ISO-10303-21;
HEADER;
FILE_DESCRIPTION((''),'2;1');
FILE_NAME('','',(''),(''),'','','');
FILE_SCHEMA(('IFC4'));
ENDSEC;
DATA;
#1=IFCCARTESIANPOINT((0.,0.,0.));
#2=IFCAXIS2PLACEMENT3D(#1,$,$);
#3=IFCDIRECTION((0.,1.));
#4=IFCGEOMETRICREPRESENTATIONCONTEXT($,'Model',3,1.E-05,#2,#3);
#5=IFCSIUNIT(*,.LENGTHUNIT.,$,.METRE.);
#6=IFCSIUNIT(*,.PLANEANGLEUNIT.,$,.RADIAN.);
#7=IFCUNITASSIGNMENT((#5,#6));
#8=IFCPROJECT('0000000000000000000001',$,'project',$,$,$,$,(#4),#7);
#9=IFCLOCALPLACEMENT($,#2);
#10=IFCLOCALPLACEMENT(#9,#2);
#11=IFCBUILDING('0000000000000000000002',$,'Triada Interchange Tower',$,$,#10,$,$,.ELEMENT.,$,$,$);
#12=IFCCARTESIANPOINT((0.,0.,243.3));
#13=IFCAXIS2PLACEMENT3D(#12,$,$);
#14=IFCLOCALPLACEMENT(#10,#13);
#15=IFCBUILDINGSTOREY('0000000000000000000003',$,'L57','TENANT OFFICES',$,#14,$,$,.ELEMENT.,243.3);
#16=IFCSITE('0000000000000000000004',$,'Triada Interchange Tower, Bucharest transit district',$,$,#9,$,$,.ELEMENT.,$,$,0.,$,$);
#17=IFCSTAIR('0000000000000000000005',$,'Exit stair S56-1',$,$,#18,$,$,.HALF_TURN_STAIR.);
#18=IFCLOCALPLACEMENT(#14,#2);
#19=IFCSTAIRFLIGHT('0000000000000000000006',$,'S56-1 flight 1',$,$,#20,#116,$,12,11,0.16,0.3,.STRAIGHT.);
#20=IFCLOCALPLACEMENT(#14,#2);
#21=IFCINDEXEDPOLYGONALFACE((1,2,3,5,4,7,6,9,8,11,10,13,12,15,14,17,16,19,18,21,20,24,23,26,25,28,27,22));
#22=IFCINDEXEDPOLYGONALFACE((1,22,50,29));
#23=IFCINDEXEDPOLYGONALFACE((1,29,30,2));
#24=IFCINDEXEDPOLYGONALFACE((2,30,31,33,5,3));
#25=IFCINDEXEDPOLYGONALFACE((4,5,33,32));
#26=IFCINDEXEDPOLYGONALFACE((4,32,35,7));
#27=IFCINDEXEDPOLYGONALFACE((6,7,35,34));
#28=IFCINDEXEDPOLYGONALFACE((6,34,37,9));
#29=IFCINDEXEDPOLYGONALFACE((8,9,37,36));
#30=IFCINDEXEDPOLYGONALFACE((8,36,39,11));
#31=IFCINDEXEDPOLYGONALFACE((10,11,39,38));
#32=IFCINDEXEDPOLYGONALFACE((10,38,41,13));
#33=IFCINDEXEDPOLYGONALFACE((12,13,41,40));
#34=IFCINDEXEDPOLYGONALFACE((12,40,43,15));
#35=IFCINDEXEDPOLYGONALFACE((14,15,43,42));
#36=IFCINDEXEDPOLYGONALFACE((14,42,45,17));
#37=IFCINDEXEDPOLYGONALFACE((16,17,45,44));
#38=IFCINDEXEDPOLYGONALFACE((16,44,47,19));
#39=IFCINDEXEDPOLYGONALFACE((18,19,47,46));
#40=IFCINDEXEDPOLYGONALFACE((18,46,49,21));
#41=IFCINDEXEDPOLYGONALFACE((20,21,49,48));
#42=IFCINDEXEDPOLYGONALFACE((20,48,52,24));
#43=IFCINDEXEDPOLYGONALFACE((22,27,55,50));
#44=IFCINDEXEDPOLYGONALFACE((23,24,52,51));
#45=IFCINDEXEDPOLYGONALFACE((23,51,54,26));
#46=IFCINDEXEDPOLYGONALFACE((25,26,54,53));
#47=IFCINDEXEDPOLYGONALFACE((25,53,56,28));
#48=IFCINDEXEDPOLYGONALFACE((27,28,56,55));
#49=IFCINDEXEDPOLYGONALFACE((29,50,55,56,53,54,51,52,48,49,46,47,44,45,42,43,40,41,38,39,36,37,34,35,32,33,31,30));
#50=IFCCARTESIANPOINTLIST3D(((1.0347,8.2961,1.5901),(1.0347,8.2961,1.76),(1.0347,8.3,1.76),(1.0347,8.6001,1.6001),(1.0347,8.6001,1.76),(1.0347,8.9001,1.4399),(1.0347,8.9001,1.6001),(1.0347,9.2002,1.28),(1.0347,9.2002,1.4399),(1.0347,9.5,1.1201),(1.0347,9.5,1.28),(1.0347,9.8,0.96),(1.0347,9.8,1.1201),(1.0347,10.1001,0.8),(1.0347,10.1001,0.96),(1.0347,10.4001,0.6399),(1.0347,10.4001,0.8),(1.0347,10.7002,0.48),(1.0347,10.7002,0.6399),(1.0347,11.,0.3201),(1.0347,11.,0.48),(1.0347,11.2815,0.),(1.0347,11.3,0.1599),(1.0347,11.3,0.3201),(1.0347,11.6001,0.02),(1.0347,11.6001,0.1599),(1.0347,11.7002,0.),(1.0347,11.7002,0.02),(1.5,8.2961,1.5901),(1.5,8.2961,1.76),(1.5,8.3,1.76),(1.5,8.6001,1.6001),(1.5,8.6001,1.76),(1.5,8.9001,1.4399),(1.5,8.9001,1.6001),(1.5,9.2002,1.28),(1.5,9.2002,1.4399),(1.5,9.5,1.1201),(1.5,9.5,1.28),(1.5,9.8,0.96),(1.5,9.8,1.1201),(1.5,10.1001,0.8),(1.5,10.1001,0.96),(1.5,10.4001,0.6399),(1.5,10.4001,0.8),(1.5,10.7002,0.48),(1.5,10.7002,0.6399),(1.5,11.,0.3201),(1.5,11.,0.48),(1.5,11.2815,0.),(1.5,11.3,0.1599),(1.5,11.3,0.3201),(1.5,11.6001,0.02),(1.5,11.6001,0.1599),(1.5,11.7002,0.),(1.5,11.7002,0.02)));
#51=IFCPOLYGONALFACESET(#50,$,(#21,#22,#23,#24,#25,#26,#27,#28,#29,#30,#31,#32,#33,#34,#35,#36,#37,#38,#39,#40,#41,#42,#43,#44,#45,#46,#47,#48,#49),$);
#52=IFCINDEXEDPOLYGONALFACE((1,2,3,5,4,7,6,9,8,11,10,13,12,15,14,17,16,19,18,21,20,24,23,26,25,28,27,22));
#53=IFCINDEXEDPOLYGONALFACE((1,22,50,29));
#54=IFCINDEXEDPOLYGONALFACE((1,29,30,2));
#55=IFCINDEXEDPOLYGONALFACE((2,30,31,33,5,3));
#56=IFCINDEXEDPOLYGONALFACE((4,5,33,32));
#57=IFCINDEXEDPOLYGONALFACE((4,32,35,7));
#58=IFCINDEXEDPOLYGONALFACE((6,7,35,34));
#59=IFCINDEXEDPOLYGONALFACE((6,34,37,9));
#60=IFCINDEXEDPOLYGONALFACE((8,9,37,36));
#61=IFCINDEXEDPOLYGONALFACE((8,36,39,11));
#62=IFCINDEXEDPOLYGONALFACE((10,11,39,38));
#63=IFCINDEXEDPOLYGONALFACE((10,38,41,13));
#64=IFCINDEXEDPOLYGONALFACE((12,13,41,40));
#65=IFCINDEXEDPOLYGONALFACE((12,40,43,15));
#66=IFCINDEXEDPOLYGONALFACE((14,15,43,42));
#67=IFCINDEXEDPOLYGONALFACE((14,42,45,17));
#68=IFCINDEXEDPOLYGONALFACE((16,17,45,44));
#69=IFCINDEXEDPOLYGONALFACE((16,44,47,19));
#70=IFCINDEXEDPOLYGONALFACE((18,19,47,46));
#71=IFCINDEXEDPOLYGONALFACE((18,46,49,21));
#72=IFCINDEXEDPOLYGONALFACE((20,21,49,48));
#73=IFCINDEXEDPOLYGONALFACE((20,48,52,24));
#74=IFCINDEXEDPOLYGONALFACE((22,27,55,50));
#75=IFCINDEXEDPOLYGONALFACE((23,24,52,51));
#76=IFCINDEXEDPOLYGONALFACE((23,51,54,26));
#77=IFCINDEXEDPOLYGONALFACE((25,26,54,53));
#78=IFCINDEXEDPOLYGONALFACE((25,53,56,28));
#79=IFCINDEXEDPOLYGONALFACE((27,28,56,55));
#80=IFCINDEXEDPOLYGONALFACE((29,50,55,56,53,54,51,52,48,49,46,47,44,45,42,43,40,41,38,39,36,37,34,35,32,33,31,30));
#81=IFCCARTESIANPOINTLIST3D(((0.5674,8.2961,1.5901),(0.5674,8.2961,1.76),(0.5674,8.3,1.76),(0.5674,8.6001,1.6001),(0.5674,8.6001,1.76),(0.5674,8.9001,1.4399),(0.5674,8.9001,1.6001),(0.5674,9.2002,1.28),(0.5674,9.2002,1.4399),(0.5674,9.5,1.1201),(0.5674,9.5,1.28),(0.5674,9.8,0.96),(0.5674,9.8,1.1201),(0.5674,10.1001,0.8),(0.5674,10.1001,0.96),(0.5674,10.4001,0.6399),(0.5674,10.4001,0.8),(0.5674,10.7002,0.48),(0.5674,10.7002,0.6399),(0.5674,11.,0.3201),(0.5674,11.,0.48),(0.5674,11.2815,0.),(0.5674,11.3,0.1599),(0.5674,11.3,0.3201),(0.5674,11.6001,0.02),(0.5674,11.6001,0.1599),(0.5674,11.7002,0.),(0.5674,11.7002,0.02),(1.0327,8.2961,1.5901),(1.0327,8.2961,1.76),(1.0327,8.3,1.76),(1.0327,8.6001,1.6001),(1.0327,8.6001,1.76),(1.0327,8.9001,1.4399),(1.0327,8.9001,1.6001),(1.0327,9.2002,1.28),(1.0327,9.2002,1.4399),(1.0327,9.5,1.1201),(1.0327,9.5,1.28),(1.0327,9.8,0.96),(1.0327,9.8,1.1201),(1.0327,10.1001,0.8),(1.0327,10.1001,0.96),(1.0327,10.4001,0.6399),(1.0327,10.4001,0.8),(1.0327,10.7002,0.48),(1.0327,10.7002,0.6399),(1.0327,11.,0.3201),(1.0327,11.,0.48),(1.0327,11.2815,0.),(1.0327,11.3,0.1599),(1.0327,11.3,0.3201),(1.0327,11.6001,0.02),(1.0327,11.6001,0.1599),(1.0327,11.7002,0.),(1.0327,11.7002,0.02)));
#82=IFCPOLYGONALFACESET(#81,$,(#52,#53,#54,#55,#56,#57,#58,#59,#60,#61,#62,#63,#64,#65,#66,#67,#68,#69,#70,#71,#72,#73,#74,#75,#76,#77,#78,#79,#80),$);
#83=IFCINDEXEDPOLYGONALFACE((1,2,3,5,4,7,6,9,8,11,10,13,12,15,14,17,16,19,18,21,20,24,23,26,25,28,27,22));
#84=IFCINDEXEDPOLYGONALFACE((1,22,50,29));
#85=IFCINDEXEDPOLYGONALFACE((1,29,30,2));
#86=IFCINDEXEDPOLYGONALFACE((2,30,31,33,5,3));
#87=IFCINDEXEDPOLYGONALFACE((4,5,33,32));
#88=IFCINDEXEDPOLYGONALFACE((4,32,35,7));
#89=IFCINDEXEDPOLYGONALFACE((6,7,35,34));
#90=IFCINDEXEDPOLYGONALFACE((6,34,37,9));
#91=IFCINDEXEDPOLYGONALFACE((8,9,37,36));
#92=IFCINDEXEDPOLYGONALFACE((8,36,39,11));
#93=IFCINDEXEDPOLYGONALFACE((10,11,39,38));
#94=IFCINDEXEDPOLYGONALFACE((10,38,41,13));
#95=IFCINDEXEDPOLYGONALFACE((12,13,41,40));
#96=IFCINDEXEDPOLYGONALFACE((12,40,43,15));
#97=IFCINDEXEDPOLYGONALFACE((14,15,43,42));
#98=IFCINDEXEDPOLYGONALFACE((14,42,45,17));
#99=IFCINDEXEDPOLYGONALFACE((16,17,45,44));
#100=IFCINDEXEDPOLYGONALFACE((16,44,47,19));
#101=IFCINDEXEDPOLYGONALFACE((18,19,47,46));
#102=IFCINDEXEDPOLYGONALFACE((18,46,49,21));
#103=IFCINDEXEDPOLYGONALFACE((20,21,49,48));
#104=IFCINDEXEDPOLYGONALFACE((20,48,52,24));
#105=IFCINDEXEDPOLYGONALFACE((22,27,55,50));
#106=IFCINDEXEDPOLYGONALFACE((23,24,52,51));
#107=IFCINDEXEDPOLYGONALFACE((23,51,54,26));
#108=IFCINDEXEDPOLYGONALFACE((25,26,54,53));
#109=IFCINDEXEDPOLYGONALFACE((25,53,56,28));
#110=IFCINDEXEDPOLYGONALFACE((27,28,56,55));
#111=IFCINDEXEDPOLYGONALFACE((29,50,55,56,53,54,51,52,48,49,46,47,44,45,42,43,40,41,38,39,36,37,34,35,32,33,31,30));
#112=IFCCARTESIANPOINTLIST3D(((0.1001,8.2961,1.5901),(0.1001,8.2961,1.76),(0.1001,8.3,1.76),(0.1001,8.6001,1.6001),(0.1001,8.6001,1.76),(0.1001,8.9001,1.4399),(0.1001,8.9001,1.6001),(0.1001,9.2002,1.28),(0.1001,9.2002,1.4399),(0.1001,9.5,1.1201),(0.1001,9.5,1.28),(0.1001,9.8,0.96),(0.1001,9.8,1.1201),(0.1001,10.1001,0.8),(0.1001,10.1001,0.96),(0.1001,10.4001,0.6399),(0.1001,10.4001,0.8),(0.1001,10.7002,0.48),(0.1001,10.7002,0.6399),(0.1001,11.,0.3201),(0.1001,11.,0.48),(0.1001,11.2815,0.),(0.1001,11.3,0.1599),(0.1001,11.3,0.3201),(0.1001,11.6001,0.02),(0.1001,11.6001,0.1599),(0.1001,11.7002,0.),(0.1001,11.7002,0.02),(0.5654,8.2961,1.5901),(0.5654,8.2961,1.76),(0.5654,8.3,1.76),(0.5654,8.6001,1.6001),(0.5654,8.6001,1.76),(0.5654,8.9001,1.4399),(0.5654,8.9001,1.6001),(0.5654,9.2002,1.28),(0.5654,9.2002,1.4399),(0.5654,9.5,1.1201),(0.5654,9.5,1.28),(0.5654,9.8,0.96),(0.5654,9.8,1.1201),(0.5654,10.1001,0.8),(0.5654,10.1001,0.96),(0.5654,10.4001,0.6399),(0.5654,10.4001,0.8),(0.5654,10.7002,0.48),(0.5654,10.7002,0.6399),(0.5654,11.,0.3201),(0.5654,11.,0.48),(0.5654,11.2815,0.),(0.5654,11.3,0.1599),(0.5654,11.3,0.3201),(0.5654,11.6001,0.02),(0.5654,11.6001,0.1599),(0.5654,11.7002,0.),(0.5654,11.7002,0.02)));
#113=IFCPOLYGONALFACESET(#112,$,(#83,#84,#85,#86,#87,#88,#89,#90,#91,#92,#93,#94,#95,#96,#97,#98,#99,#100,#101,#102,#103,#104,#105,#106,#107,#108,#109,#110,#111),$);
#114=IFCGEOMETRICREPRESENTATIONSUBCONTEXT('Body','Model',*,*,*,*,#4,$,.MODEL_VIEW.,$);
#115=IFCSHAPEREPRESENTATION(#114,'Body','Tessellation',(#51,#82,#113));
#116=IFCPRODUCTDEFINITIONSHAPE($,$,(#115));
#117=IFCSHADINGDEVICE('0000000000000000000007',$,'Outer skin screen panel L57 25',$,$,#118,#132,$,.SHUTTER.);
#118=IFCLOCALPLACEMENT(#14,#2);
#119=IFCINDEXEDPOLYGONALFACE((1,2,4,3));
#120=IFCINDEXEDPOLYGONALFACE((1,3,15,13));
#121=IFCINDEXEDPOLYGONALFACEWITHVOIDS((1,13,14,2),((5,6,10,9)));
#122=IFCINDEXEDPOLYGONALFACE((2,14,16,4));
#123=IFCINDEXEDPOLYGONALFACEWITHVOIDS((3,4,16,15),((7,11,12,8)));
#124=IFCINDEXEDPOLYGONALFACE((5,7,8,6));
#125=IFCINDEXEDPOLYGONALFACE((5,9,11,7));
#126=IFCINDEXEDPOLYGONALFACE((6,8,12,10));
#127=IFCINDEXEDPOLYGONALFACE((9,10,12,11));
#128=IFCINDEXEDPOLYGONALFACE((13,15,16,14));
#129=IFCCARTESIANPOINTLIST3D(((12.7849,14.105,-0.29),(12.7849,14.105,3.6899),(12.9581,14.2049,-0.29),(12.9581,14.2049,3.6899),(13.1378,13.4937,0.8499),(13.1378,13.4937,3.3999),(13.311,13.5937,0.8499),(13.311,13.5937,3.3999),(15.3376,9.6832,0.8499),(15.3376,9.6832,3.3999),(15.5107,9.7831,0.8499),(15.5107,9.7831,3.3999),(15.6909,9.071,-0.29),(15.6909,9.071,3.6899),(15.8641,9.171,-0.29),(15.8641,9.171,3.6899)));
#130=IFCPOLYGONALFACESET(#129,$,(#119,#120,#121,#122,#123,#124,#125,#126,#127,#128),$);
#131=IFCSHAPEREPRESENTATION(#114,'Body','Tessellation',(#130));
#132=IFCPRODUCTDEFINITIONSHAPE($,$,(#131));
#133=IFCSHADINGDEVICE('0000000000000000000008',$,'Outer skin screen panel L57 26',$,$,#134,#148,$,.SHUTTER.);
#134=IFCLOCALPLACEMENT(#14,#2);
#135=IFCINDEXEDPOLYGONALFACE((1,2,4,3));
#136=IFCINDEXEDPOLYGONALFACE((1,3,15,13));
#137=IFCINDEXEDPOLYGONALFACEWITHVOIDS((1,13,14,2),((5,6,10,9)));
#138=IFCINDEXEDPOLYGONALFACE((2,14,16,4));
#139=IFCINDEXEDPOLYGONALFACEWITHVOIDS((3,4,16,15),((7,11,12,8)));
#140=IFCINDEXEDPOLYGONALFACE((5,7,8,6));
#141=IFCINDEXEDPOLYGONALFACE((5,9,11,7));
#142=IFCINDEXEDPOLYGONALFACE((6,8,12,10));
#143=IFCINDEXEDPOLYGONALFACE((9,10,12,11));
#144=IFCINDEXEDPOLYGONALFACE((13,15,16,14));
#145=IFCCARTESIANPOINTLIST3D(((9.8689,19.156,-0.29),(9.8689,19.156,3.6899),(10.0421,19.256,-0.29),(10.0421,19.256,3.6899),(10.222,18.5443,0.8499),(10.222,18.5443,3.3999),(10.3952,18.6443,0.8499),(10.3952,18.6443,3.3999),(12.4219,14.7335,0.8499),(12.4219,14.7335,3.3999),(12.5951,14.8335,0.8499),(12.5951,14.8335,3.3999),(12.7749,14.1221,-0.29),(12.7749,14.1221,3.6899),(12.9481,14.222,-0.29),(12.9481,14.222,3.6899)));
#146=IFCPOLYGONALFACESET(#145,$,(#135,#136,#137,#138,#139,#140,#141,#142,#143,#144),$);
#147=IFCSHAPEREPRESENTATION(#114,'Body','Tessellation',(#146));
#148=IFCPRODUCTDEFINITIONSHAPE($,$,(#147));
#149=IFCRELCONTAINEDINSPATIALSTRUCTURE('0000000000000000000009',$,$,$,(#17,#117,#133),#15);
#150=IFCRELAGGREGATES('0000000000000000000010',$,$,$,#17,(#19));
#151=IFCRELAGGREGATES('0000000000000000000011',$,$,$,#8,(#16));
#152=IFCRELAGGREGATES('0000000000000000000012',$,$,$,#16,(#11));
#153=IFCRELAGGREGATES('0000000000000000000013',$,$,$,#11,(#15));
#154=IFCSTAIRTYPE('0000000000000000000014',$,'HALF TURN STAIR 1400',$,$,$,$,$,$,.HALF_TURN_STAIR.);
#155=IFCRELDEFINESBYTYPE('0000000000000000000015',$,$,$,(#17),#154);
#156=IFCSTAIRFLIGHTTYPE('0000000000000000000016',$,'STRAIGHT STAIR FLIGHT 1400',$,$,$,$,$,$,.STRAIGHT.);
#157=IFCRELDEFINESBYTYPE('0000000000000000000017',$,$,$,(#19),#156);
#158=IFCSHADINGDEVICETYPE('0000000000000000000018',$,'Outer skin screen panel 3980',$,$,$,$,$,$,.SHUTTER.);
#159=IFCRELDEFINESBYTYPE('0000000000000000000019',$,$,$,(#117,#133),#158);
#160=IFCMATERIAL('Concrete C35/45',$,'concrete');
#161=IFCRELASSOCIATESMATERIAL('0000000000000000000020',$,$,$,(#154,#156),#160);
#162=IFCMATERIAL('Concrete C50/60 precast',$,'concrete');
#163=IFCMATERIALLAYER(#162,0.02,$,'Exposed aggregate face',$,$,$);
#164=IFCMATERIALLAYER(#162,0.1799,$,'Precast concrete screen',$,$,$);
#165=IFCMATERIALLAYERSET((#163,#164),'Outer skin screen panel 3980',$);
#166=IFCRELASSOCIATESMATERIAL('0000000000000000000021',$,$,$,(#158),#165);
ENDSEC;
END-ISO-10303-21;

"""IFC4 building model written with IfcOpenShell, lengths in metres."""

from ifc_helpers import new_model, si_unit, direction, frame, origin, place, context, subcontext, project, spatial, polyline, outline, extrude, material, layer, layer_set, type_object, element, aggregate, save


model = new_model("IFC4")

# Units and contexts
model_context = context("Model", 3, precision=1e-05, world=origin(), true_north=direction((0.0, 1.0)))
body_context = subcontext(model_context, "Body", "Model", "MODEL_VIEW")
ifc_project = project(units=[si_unit("LENGTHUNIT", "METRE"), si_unit("PLANEANGLEUNIT", "RADIAN")], contexts=[model_context])

# Site, building, storey
site_placement = place(None, origin())
site = spatial("IfcSite", under=ifc_project, at=site_placement, Name="Triada Interchange Tower, Bucharest transit district", CompositionType="ELEMENT", RefElevation=0.0)
building_placement = place(site_placement, origin())
building = spatial("IfcBuilding", under=site, at=building_placement, Name="Triada Interchange Tower", CompositionType="ELEMENT")
storey_placement = place(building_placement, frame((0.0, 0.0, 243.3)))
storey = spatial("IfcBuildingStorey", under=building, at=storey_placement, Name="L57", Description="TENANT OFFICES", CompositionType="ELEMENT", Elevation=243.3)

# Stair, stair flight
ifc_material_1 = material(Name="Concrete C35/45", Category="concrete")
stair_type = type_object("IfcStairType", Name="HALF TURN STAIR 1400", PredefinedType="HALF_TURN_STAIR", material=ifc_material_1)
stair_placement = place(storey_placement, origin())
stair = element("IfcStair", 1, at=stair_placement, inside=storey, type_object=stair_type, Name="Exit stair S56-1", PredefinedType="HALF_TURN_STAIR")
stair_flight_type = type_object("IfcStairFlightType", Name="STRAIGHT STAIR FLIGHT 1400", PredefinedType="STRAIGHT", material=ifc_material_1)
stair_flight_placement = place(storey_placement, frame((0.8, 11.6001, 0.0), z_axis=(0.0, 0.0, 1.0), x_axis=(0.0, -1.0, 0.0)))
stair_flight = element("IfcStairFlight", 2, at=stair_flight_placement, type_object=stair_flight_type, Name="S56-1 flight 1", NumberOfRisers=12, NumberOfTreads=11, PredefinedType="STRAIGHT", RiserHeight=0.16, TreadLength=0.3, context=body_context, shape_type="SweptSolid", body=[
    extrude(outline(polyline([(-0.1001, 0.0), (-0.1001, 0.02), (0.0, 0.02), (0.0, 0.1599), (0.3, 0.1599), (0.3, 0.3201), (0.6001, 0.3201), (0.6001, 0.48), (0.8999, 0.48), (0.8999, 0.6399), (1.2, 0.6399), (1.2, 0.8), (1.5, 0.8), (1.5, 0.96), (1.8, 0.96), (1.8, 1.1201), (2.1001, 1.1201), (2.1001, 1.28), (2.3999, 1.28), (2.3999, 1.4399), (2.7, 1.4399), (2.7, 1.6001), (3.0, 1.6001), (3.0, 1.76), (3.3, 1.76), (3.304, 1.76), (3.304, 1.9199), (3.304, 1.5901), (0.3186, 0.0), (-0.1001, 0.0)])), frame((0.0, 0.7, 0.0), z_axis=(0.0, -1.0, 0.0), x_axis=(1.0, 0.0, 0.0)), (0.0, 0.0, 1.0), 0.4653),
    extrude(outline(polyline([(-0.1001, 0.0), (-0.1001, 0.02), (0.0, 0.02), (0.0, 0.1599), (0.3, 0.1599), (0.3, 0.3201), (0.6001, 0.3201), (0.6001, 0.48), (0.8999, 0.48), (0.8999, 0.6399), (1.2, 0.6399), (1.2, 0.8), (1.5, 0.8), (1.5, 0.96), (1.8, 0.96), (1.8, 1.1201), (2.1001, 1.1201), (2.1001, 1.28), (2.3999, 1.28), (2.3999, 1.4399), (2.7, 1.4399), (2.7, 1.6001), (3.0, 1.6001), (3.0, 1.76), (3.3, 1.76), (3.304, 1.76), (3.304, 1.9199), (3.304, 1.5901), (0.3186, 0.0), (-0.1001, 0.0)])), frame((0.0, 0.2327, 0.0), z_axis=(0.0, -1.0, 0.0), x_axis=(1.0, 0.0, 0.0)), (0.0, 0.0, 1.0), 0.4653),
    extrude(outline(polyline([(-0.1001, 0.0), (-0.1001, 0.02), (0.0, 0.02), (0.0, 0.1599), (0.3, 0.1599), (0.3, 0.3201), (0.6001, 0.3201), (0.6001, 0.48), (0.8999, 0.48), (0.8999, 0.6399), (1.2, 0.6399), (1.2, 0.8), (1.5, 0.8), (1.5, 0.96), (1.8, 0.96), (1.8, 1.1201), (2.1001, 1.1201), (2.1001, 1.28), (2.3999, 1.28), (2.3999, 1.4399), (2.7, 1.4399), (2.7, 1.6001), (3.0, 1.6001), (3.0, 1.76), (3.3, 1.76), (3.304, 1.76), (3.304, 1.9199), (3.304, 1.5901), (0.3186, 0.0), (-0.1001, 0.0)])), frame((0.0, -0.2346, 0.0), z_axis=(0.0, -1.0, 0.0), x_axis=(1.0, 0.0, 0.0)), (0.0, 0.0, 1.0), 0.4653),
])

# Shading devices
ifc_material_2 = material(Name="Concrete C50/60 precast", Category="concrete")
ifc_layer_1 = layer(ifc_material_2, 0.02, Name="Exposed aggregate face")
ifc_layer_2 = layer(ifc_material_2, 0.1799, Name="Precast concrete screen")
ifc_layer_set_1 = layer_set([ifc_layer_1, ifc_layer_2], Name="Outer skin screen panel 3980")
shading_device_type = type_object("IfcShadingDeviceType", Name="Outer skin screen panel 3980", PredefinedType="SHUTTER", material=ifc_layer_set_1)
shading_device_1_placement = place(storey_placement, frame((15.6909, 9.071, -0.29), z_axis=(0.0, 0.0, 1.0), x_axis=(-0.499956, 0.866051, 0.0)))
element("IfcShadingDevice", 3, at=shading_device_1_placement, inside=storey, type_object=shading_device_type, Name="Outer skin screen panel L57 25", PredefinedType="SHUTTER", context=body_context, shape_type="SweptSolid", body=[
    extrude(outline(polyline([(0.0, 0.0), (5.8125, 0.0), (5.8125, 3.98), (0.0, 3.98), (0.0, 0.0)]), holes=[polyline([(0.7068, 1.1399), (0.7068, 3.6899), (5.1067, 3.6899), (5.1067, 1.1399), (0.7068, 1.1399)])]), frame((0.0, 0.0, 0.0), z_axis=(0.0, -1.0, 0.0), x_axis=(1.0, 0.0, 0.0)), (0.0, 0.0, 1.0), 0.2),
])
shading_device_2_placement = place(storey_placement, frame((12.7749, 14.1221, -0.29), z_axis=(0.0, 0.0, 1.0), x_axis=(-0.499956, 0.866051, 0.0)))
element("IfcShadingDevice", 4, at=shading_device_2_placement, inside=storey, type_object=shading_device_type, Name="Outer skin screen panel L57 26", PredefinedType="SHUTTER", context=body_context, shape_type="SweptSolid", body=[
    extrude(outline(polyline([(0.0, 0.0), (5.8125, 0.0), (5.8125, 3.98), (0.0, 3.98), (0.0, 0.0)]), holes=[polyline([(0.7061, 1.1399), (0.7061, 3.6899), (5.1062, 3.6899), (5.1062, 1.1399), (0.7061, 1.1399)])]), frame((0.0, 0.0, 0.0), z_axis=(0.0, -1.0, 0.0), x_axis=(1.0, 0.0, 0.0)), (0.0, 0.0, 1.0), 0.2),
])

aggregate(stair, [stair_flight])

save(model, "model.ifc")
